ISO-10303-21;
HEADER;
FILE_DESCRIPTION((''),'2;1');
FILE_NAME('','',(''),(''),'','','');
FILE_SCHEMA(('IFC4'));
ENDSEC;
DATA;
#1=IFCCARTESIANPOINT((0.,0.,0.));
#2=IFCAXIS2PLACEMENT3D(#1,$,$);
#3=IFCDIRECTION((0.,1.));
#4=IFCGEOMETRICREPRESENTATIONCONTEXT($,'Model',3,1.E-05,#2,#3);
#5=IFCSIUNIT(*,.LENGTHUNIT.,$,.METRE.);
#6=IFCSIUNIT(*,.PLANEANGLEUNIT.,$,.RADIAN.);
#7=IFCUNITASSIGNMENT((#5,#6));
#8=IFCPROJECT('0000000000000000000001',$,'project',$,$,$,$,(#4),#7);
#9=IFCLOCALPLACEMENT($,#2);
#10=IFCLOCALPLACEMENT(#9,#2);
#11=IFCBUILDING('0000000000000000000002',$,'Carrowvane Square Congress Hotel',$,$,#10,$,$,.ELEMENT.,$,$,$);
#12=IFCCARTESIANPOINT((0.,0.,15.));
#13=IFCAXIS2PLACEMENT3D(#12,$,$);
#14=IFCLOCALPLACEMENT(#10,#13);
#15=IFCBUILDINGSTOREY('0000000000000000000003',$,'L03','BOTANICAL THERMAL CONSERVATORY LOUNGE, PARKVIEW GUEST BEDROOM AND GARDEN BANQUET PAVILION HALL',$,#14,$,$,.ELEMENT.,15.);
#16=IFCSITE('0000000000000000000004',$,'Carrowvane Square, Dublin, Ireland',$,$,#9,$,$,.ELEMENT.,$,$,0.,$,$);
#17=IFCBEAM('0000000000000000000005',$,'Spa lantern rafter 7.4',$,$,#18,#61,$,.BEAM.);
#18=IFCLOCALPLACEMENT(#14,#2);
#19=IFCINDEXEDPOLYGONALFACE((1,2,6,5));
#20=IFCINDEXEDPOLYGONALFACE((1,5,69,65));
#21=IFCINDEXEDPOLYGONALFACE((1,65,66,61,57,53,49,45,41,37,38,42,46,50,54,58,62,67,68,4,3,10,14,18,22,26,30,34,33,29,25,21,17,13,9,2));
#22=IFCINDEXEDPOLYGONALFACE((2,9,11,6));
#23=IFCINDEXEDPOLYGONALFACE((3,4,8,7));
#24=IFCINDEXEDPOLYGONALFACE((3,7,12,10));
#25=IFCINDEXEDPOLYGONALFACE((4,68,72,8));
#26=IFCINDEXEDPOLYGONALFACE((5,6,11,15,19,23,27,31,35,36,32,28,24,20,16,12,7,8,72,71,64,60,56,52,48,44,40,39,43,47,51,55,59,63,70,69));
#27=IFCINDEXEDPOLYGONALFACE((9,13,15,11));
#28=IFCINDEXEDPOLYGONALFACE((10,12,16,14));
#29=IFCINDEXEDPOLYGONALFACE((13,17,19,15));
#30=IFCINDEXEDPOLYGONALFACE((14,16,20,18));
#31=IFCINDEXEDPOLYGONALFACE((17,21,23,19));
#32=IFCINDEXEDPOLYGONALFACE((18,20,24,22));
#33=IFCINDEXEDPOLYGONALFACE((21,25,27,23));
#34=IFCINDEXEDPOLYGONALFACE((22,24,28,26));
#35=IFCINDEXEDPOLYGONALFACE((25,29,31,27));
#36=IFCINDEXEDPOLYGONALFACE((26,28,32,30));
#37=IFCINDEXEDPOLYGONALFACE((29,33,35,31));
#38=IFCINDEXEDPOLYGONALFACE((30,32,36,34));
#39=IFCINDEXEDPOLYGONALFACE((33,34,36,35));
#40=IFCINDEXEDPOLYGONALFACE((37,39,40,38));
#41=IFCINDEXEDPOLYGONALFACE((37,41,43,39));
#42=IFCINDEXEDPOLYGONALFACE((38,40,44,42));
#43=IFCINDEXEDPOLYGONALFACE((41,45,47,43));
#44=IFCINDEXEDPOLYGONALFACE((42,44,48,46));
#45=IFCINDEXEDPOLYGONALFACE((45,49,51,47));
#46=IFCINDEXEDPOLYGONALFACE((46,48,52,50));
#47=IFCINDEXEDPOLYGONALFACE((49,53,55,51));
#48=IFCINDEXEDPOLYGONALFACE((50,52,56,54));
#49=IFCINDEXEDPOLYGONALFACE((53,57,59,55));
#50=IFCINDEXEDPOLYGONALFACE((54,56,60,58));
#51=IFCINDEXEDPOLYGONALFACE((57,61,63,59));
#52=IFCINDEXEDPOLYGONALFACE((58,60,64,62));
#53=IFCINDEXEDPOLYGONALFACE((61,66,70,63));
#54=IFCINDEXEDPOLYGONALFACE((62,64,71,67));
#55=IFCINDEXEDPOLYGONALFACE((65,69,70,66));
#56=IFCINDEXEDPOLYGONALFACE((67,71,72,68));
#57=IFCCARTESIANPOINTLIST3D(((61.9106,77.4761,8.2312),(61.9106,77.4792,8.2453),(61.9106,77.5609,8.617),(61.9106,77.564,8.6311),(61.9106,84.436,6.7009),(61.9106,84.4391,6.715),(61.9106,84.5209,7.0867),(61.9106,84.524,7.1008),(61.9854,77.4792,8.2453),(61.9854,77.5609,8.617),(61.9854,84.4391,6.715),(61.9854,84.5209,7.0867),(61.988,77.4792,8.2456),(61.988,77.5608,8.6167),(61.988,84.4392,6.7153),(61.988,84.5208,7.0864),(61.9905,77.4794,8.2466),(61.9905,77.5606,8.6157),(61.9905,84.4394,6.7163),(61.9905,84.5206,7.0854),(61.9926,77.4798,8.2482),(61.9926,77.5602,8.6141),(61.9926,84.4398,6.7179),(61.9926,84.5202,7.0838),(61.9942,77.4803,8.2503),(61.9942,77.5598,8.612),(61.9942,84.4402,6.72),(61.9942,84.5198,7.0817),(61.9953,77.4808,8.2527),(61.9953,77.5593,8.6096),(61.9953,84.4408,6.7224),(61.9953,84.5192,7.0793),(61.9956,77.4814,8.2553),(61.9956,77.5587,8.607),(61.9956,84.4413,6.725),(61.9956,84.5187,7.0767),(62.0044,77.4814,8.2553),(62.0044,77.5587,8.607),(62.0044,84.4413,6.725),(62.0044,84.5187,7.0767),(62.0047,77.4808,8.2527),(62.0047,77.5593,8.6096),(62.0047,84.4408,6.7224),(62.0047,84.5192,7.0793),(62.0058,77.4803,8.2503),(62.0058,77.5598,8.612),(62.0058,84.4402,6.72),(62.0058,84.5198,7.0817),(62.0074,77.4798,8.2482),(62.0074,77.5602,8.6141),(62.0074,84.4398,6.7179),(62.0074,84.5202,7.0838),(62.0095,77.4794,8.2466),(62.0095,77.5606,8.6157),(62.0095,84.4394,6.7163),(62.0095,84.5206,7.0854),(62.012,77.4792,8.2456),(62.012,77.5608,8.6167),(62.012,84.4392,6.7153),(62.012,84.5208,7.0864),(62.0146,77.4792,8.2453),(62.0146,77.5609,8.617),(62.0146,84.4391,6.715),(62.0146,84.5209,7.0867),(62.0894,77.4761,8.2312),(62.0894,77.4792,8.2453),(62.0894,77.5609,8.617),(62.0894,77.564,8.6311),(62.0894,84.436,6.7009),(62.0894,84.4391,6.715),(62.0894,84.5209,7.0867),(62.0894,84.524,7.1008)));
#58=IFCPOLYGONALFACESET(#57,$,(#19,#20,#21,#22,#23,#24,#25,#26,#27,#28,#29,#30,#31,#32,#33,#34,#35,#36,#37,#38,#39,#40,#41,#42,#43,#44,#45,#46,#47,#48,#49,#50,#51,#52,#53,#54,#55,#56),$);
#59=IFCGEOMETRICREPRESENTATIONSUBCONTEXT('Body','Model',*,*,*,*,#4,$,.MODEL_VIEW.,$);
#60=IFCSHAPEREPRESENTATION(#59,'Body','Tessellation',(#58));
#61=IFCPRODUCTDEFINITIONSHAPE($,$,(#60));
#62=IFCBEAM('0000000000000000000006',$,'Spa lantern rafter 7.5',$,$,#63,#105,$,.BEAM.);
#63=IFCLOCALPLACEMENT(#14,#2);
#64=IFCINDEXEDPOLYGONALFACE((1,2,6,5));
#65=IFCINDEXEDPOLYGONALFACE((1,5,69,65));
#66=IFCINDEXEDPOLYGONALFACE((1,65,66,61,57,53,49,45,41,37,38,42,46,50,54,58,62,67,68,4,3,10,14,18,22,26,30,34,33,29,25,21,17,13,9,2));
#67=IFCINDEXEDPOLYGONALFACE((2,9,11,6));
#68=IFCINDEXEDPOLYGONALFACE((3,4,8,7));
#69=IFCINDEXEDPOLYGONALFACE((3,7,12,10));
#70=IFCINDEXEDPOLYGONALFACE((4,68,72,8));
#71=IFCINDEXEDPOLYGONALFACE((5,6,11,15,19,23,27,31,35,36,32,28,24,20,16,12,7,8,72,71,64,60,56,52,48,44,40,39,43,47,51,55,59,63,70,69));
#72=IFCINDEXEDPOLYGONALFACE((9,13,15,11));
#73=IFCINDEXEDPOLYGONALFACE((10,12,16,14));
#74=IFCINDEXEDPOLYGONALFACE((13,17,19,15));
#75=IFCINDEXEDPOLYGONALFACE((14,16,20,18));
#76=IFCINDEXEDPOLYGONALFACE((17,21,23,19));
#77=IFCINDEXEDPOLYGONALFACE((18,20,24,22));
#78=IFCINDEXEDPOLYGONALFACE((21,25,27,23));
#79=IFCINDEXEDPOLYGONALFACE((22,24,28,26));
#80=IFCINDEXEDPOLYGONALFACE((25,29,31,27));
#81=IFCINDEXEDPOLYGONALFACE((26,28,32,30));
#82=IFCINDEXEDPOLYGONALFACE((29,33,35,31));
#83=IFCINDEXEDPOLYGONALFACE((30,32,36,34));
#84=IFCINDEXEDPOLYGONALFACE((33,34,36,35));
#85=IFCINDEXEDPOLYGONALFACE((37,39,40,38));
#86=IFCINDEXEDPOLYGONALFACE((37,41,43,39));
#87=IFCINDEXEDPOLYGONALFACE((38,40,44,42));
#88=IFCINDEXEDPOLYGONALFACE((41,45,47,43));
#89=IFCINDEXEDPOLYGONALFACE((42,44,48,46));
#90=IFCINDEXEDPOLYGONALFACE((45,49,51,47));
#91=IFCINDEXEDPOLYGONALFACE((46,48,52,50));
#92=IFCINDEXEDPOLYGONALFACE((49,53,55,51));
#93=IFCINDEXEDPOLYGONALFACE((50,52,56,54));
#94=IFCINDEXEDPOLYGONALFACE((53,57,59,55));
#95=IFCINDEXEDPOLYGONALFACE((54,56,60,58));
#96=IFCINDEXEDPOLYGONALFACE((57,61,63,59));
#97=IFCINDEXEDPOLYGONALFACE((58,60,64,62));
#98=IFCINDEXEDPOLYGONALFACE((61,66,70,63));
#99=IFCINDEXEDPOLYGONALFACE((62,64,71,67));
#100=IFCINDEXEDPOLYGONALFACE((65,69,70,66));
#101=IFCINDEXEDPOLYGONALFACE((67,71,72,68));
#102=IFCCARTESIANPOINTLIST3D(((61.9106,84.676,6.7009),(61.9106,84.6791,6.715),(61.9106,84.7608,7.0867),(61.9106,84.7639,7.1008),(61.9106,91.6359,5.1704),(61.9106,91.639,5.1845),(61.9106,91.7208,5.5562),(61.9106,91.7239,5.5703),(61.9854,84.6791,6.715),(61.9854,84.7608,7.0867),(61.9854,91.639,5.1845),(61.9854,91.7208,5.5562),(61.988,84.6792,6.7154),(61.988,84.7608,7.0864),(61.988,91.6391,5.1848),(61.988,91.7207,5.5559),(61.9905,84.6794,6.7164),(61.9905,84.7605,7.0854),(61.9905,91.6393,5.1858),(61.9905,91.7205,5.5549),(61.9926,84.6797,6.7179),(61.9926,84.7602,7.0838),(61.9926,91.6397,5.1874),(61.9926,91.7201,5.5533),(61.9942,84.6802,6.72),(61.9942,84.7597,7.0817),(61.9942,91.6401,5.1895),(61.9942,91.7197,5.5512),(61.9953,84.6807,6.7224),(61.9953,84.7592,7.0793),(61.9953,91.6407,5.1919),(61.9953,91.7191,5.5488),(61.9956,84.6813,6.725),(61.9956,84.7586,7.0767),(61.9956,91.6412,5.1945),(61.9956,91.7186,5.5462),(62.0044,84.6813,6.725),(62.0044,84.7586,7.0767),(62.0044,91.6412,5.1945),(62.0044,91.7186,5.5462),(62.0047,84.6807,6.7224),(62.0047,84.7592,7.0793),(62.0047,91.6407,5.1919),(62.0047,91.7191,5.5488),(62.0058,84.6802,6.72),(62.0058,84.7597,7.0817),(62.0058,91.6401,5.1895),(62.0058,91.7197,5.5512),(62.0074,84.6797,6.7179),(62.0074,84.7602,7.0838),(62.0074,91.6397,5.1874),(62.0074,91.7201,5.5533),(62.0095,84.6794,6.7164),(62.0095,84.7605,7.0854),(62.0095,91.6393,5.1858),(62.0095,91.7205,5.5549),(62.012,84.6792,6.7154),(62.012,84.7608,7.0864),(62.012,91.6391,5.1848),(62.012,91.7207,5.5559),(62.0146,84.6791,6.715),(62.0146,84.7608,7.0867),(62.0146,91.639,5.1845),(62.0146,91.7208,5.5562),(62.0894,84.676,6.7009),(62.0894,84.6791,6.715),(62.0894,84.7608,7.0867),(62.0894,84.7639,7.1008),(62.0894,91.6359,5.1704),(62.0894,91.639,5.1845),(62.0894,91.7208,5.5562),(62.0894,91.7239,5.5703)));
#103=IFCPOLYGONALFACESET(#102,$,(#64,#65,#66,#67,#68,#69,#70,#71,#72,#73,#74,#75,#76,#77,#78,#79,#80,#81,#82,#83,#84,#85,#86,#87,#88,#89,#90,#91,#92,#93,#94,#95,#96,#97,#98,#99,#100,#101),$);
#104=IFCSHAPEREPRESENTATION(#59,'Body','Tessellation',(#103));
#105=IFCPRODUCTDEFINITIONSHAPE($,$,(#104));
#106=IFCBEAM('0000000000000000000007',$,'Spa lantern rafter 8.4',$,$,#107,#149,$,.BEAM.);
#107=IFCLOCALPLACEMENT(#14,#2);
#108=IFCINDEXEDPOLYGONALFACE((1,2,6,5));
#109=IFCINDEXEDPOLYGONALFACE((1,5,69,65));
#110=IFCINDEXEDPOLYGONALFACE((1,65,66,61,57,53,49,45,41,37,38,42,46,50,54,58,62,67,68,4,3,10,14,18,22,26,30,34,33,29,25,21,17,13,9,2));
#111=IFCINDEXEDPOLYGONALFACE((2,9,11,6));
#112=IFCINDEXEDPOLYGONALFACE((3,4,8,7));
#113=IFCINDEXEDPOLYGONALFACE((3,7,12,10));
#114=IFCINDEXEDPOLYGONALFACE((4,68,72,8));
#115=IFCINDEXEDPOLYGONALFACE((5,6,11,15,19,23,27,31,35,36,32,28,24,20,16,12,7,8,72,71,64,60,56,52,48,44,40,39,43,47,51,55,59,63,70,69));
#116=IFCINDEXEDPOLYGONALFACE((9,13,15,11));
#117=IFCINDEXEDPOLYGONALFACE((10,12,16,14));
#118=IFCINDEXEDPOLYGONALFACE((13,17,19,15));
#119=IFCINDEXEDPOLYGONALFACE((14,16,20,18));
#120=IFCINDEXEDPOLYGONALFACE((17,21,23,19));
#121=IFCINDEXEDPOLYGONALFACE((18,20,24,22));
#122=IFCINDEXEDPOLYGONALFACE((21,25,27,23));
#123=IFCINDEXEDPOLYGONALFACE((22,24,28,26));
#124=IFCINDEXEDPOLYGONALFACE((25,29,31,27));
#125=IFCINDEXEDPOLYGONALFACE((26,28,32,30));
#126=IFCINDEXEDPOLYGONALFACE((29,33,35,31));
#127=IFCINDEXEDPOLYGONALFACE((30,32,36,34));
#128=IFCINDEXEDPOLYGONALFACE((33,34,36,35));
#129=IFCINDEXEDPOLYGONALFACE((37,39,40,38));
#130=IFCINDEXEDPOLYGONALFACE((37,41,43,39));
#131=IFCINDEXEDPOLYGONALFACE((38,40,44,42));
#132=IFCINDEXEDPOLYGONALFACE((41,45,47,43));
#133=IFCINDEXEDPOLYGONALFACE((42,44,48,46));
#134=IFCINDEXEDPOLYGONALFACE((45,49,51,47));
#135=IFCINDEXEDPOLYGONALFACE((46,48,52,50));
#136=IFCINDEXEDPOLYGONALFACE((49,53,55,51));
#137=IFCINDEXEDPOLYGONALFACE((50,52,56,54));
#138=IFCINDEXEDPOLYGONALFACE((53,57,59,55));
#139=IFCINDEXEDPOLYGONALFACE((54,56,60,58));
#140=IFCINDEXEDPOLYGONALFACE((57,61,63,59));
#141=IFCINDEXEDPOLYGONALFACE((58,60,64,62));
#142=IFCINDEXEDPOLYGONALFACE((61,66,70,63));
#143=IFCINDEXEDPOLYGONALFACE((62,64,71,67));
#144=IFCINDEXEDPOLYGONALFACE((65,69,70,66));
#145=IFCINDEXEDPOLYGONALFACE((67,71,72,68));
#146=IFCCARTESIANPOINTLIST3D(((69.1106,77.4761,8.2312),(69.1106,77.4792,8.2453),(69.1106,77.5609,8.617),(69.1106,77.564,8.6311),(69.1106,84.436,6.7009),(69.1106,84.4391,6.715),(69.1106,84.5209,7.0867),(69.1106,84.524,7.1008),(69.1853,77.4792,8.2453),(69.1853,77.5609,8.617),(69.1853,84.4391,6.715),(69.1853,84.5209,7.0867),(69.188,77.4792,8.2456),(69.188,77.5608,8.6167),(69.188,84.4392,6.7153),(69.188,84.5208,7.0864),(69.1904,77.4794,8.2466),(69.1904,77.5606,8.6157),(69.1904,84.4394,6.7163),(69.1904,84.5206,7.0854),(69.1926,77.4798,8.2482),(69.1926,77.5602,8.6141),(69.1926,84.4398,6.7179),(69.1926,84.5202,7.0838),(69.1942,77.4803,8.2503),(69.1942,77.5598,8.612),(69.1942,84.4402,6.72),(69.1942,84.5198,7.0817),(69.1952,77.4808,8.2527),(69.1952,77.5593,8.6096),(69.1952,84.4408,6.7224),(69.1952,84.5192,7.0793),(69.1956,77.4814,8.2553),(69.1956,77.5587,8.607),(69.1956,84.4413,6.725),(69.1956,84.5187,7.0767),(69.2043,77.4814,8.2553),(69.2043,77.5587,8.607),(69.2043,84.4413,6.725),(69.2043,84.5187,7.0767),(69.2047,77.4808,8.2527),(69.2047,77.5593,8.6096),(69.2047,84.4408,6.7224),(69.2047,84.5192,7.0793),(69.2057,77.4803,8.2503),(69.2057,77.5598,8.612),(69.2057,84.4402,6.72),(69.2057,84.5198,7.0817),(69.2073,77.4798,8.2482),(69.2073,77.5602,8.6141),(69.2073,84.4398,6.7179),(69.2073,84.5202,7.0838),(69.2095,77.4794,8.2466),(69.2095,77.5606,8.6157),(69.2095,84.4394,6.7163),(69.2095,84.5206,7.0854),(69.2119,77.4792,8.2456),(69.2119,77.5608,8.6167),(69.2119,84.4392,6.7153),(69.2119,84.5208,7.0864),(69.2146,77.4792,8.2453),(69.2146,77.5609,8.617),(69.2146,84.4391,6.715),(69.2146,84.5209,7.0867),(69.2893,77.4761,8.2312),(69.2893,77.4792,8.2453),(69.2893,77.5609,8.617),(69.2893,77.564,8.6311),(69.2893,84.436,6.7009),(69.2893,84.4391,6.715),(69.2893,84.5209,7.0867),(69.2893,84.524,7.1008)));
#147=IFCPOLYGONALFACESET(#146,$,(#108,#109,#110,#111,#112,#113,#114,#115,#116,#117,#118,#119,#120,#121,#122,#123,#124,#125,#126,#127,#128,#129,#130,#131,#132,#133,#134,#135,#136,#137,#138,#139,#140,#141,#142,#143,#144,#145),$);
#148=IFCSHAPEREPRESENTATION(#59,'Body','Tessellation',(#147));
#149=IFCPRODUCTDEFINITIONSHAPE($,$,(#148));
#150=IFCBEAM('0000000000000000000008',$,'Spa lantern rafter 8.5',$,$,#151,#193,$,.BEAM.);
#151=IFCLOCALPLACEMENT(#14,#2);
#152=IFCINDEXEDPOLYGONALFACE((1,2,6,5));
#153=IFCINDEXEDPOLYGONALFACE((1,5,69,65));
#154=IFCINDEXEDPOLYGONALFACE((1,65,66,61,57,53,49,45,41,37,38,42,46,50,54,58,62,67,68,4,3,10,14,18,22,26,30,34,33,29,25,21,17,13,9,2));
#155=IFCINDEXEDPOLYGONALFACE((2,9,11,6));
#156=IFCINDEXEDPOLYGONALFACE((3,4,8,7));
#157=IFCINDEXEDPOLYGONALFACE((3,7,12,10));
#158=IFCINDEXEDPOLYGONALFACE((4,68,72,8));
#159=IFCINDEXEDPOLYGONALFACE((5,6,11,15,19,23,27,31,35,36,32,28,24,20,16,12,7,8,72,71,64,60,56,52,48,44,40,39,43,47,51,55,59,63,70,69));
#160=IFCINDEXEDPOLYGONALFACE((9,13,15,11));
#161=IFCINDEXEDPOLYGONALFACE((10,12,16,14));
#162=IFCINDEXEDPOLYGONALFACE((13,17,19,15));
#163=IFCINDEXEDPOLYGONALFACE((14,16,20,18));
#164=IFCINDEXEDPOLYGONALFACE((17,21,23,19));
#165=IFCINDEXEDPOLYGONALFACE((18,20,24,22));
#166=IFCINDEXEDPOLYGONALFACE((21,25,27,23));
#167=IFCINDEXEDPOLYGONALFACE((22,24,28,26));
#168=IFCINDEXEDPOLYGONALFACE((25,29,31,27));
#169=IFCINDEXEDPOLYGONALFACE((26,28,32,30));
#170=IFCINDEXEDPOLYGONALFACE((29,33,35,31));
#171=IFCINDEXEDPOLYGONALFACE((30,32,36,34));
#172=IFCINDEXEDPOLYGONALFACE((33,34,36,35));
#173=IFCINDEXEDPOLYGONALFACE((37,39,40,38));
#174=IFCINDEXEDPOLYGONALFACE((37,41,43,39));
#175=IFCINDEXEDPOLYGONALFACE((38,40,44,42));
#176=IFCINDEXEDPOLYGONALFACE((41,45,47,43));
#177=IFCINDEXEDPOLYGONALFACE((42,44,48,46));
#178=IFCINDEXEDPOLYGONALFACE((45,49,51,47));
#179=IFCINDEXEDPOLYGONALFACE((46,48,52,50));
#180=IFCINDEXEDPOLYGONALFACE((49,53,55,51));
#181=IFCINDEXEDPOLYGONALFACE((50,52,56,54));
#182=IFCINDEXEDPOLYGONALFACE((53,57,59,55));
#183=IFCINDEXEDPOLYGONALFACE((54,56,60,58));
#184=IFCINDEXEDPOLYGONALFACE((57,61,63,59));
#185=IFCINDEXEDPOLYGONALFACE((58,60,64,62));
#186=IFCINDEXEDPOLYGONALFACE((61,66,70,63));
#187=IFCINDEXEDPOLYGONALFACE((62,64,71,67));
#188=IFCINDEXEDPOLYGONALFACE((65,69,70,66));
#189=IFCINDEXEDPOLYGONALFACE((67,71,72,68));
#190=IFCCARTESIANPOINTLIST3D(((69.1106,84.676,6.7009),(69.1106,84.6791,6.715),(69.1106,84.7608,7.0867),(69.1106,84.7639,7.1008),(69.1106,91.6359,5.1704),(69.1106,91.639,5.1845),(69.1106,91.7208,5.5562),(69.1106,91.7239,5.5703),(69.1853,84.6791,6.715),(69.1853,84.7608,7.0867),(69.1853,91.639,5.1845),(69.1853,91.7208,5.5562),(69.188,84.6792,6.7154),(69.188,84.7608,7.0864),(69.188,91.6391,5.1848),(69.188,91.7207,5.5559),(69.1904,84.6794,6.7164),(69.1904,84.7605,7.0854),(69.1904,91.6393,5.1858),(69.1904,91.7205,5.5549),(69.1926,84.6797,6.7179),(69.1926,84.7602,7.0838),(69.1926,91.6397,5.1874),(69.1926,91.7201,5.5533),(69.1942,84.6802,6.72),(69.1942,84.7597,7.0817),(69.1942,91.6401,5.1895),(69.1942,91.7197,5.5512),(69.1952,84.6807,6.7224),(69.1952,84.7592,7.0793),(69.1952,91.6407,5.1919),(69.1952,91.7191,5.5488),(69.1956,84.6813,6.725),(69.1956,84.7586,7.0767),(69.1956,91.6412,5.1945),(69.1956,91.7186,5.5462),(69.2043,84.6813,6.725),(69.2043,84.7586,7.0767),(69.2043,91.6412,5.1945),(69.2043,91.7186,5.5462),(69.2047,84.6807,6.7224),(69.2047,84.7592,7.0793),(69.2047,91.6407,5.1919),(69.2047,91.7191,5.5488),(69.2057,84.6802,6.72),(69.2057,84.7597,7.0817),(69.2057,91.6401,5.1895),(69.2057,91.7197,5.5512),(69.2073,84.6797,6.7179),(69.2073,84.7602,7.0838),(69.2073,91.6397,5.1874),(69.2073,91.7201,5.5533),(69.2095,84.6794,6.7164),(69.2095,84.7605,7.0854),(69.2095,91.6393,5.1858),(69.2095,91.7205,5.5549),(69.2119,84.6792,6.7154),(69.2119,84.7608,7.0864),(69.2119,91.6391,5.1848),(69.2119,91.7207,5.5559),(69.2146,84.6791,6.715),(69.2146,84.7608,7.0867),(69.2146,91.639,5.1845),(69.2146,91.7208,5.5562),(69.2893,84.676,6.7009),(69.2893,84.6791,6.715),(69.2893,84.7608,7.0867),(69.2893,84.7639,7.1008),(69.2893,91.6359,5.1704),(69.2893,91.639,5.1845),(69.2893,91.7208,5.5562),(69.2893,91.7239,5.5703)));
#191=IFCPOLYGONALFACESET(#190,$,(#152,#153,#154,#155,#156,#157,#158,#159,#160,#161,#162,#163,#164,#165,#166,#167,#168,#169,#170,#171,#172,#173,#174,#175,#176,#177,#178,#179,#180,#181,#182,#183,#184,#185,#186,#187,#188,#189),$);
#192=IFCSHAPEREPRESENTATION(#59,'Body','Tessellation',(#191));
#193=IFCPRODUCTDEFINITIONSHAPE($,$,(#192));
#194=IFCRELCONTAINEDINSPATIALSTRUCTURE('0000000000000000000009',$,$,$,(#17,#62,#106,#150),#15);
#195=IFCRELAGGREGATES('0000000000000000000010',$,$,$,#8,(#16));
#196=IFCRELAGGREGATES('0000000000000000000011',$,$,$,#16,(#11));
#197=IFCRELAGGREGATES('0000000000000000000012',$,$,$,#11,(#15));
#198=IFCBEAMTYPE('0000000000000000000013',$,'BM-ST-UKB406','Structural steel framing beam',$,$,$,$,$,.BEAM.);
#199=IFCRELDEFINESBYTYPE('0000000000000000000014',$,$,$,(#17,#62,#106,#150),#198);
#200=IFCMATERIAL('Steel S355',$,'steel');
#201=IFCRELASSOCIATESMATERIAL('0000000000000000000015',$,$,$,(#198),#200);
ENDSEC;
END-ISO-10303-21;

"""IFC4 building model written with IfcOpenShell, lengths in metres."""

from ifc_helpers import new_model, si_unit, direction, frame, origin, origin_2d, place, context, subcontext, project, spatial, i_section, extrude, material, material_profile, profile_set, type_object, element, save


model = new_model("IFC4")

# Units and contexts
model_context = context("Model", 3, precision=1e-05, world=origin(), true_north=direction((0.0, 1.0)))
body_context = subcontext(model_context, "Body", "Model", "MODEL_VIEW")
ifc_project = project(units=[si_unit("LENGTHUNIT", "METRE"), si_unit("PLANEANGLEUNIT", "RADIAN")], contexts=[model_context])

# Site, building, storey
site_placement = place(None, origin())
site = spatial("IfcSite", under=ifc_project, at=site_placement, Name="Carrowvane Square, Dublin, Ireland", CompositionType="ELEMENT", RefElevation=0.0)
building_placement = place(site_placement, origin())
building = spatial("IfcBuilding", under=site, at=building_placement, Name="Carrowvane Square Congress Hotel", CompositionType="ELEMENT")
storey_placement = place(building_placement, frame((0.0, 0.0, 15.0)))
storey = spatial("IfcBuildingStorey", under=building, at=storey_placement, Name="L03", Description="BOTANICAL THERMAL CONSERVATORY LOUNGE, PARKVIEW GUEST BEDROOM AND GARDEN BANQUET PAVILION HALL", CompositionType="ELEMENT", Elevation=15.0)

# Beams
ifc_material_1 = material(Name="Steel S355", Category="steel")
ifc_material_profile_1 = material_profile(ifc_material_1, i_section(OverallWidth=0.1787, OverallDepth=0.4094, WebThickness=0.0088, FlangeThickness=0.0144, FilletRadius=0.0103, at=origin_2d()), Name="UKB 406x178x67")
ifc_profile_set_1 = profile_set([ifc_material_profile_1], Name="Steel S355")
beam_type_1 = type_object("IfcBeamType", Name="BM-ST-UKB406", Description="Structural steel framing beam", PredefinedType="BEAM", material=ifc_profile_set_1)
for number, where, z_axis, x_axis, name in (
    (1, (62.0, 77.52, 8.4312), (0.0, 0.976671, -0.214739), (-1.0, 0.0, 0.0), "Spa lantern rafter 7.4"),
    (2, (62.0, 84.72, 6.9009), (0.0, 0.976664, -0.214772), (-1.0, 0.0, 0.0), "Spa lantern rafter 7.5"),
    (3, (69.2, 77.52, 8.4312), (0.0, 0.976671, -0.214739), (-1.0, 0.0, 0.0), "Spa lantern rafter 8.4"),
    (4, (69.2, 84.72, 6.9009), (0.0, 0.976664, -0.214772), (-1.0, 0.0, 0.0), "Spa lantern rafter 8.5"),
):
    element("IfcBeam", number, at=place(storey_placement, frame(where, z_axis=z_axis, x_axis=x_axis)), inside=storey, type_object=beam_type_1, Name=name, PredefinedType="BEAM", context=body_context, shape_type="SweptSolid", body=[
        extrude(i_section(OverallWidth=0.1787, OverallDepth=0.4094, WebThickness=0.0088, FlangeThickness=0.0144, FilletRadius=0.0103, at=origin_2d()), origin(), (0.0, 0.0, 1.0), 7.1262),
    ])

save(model, "model.ifc")
